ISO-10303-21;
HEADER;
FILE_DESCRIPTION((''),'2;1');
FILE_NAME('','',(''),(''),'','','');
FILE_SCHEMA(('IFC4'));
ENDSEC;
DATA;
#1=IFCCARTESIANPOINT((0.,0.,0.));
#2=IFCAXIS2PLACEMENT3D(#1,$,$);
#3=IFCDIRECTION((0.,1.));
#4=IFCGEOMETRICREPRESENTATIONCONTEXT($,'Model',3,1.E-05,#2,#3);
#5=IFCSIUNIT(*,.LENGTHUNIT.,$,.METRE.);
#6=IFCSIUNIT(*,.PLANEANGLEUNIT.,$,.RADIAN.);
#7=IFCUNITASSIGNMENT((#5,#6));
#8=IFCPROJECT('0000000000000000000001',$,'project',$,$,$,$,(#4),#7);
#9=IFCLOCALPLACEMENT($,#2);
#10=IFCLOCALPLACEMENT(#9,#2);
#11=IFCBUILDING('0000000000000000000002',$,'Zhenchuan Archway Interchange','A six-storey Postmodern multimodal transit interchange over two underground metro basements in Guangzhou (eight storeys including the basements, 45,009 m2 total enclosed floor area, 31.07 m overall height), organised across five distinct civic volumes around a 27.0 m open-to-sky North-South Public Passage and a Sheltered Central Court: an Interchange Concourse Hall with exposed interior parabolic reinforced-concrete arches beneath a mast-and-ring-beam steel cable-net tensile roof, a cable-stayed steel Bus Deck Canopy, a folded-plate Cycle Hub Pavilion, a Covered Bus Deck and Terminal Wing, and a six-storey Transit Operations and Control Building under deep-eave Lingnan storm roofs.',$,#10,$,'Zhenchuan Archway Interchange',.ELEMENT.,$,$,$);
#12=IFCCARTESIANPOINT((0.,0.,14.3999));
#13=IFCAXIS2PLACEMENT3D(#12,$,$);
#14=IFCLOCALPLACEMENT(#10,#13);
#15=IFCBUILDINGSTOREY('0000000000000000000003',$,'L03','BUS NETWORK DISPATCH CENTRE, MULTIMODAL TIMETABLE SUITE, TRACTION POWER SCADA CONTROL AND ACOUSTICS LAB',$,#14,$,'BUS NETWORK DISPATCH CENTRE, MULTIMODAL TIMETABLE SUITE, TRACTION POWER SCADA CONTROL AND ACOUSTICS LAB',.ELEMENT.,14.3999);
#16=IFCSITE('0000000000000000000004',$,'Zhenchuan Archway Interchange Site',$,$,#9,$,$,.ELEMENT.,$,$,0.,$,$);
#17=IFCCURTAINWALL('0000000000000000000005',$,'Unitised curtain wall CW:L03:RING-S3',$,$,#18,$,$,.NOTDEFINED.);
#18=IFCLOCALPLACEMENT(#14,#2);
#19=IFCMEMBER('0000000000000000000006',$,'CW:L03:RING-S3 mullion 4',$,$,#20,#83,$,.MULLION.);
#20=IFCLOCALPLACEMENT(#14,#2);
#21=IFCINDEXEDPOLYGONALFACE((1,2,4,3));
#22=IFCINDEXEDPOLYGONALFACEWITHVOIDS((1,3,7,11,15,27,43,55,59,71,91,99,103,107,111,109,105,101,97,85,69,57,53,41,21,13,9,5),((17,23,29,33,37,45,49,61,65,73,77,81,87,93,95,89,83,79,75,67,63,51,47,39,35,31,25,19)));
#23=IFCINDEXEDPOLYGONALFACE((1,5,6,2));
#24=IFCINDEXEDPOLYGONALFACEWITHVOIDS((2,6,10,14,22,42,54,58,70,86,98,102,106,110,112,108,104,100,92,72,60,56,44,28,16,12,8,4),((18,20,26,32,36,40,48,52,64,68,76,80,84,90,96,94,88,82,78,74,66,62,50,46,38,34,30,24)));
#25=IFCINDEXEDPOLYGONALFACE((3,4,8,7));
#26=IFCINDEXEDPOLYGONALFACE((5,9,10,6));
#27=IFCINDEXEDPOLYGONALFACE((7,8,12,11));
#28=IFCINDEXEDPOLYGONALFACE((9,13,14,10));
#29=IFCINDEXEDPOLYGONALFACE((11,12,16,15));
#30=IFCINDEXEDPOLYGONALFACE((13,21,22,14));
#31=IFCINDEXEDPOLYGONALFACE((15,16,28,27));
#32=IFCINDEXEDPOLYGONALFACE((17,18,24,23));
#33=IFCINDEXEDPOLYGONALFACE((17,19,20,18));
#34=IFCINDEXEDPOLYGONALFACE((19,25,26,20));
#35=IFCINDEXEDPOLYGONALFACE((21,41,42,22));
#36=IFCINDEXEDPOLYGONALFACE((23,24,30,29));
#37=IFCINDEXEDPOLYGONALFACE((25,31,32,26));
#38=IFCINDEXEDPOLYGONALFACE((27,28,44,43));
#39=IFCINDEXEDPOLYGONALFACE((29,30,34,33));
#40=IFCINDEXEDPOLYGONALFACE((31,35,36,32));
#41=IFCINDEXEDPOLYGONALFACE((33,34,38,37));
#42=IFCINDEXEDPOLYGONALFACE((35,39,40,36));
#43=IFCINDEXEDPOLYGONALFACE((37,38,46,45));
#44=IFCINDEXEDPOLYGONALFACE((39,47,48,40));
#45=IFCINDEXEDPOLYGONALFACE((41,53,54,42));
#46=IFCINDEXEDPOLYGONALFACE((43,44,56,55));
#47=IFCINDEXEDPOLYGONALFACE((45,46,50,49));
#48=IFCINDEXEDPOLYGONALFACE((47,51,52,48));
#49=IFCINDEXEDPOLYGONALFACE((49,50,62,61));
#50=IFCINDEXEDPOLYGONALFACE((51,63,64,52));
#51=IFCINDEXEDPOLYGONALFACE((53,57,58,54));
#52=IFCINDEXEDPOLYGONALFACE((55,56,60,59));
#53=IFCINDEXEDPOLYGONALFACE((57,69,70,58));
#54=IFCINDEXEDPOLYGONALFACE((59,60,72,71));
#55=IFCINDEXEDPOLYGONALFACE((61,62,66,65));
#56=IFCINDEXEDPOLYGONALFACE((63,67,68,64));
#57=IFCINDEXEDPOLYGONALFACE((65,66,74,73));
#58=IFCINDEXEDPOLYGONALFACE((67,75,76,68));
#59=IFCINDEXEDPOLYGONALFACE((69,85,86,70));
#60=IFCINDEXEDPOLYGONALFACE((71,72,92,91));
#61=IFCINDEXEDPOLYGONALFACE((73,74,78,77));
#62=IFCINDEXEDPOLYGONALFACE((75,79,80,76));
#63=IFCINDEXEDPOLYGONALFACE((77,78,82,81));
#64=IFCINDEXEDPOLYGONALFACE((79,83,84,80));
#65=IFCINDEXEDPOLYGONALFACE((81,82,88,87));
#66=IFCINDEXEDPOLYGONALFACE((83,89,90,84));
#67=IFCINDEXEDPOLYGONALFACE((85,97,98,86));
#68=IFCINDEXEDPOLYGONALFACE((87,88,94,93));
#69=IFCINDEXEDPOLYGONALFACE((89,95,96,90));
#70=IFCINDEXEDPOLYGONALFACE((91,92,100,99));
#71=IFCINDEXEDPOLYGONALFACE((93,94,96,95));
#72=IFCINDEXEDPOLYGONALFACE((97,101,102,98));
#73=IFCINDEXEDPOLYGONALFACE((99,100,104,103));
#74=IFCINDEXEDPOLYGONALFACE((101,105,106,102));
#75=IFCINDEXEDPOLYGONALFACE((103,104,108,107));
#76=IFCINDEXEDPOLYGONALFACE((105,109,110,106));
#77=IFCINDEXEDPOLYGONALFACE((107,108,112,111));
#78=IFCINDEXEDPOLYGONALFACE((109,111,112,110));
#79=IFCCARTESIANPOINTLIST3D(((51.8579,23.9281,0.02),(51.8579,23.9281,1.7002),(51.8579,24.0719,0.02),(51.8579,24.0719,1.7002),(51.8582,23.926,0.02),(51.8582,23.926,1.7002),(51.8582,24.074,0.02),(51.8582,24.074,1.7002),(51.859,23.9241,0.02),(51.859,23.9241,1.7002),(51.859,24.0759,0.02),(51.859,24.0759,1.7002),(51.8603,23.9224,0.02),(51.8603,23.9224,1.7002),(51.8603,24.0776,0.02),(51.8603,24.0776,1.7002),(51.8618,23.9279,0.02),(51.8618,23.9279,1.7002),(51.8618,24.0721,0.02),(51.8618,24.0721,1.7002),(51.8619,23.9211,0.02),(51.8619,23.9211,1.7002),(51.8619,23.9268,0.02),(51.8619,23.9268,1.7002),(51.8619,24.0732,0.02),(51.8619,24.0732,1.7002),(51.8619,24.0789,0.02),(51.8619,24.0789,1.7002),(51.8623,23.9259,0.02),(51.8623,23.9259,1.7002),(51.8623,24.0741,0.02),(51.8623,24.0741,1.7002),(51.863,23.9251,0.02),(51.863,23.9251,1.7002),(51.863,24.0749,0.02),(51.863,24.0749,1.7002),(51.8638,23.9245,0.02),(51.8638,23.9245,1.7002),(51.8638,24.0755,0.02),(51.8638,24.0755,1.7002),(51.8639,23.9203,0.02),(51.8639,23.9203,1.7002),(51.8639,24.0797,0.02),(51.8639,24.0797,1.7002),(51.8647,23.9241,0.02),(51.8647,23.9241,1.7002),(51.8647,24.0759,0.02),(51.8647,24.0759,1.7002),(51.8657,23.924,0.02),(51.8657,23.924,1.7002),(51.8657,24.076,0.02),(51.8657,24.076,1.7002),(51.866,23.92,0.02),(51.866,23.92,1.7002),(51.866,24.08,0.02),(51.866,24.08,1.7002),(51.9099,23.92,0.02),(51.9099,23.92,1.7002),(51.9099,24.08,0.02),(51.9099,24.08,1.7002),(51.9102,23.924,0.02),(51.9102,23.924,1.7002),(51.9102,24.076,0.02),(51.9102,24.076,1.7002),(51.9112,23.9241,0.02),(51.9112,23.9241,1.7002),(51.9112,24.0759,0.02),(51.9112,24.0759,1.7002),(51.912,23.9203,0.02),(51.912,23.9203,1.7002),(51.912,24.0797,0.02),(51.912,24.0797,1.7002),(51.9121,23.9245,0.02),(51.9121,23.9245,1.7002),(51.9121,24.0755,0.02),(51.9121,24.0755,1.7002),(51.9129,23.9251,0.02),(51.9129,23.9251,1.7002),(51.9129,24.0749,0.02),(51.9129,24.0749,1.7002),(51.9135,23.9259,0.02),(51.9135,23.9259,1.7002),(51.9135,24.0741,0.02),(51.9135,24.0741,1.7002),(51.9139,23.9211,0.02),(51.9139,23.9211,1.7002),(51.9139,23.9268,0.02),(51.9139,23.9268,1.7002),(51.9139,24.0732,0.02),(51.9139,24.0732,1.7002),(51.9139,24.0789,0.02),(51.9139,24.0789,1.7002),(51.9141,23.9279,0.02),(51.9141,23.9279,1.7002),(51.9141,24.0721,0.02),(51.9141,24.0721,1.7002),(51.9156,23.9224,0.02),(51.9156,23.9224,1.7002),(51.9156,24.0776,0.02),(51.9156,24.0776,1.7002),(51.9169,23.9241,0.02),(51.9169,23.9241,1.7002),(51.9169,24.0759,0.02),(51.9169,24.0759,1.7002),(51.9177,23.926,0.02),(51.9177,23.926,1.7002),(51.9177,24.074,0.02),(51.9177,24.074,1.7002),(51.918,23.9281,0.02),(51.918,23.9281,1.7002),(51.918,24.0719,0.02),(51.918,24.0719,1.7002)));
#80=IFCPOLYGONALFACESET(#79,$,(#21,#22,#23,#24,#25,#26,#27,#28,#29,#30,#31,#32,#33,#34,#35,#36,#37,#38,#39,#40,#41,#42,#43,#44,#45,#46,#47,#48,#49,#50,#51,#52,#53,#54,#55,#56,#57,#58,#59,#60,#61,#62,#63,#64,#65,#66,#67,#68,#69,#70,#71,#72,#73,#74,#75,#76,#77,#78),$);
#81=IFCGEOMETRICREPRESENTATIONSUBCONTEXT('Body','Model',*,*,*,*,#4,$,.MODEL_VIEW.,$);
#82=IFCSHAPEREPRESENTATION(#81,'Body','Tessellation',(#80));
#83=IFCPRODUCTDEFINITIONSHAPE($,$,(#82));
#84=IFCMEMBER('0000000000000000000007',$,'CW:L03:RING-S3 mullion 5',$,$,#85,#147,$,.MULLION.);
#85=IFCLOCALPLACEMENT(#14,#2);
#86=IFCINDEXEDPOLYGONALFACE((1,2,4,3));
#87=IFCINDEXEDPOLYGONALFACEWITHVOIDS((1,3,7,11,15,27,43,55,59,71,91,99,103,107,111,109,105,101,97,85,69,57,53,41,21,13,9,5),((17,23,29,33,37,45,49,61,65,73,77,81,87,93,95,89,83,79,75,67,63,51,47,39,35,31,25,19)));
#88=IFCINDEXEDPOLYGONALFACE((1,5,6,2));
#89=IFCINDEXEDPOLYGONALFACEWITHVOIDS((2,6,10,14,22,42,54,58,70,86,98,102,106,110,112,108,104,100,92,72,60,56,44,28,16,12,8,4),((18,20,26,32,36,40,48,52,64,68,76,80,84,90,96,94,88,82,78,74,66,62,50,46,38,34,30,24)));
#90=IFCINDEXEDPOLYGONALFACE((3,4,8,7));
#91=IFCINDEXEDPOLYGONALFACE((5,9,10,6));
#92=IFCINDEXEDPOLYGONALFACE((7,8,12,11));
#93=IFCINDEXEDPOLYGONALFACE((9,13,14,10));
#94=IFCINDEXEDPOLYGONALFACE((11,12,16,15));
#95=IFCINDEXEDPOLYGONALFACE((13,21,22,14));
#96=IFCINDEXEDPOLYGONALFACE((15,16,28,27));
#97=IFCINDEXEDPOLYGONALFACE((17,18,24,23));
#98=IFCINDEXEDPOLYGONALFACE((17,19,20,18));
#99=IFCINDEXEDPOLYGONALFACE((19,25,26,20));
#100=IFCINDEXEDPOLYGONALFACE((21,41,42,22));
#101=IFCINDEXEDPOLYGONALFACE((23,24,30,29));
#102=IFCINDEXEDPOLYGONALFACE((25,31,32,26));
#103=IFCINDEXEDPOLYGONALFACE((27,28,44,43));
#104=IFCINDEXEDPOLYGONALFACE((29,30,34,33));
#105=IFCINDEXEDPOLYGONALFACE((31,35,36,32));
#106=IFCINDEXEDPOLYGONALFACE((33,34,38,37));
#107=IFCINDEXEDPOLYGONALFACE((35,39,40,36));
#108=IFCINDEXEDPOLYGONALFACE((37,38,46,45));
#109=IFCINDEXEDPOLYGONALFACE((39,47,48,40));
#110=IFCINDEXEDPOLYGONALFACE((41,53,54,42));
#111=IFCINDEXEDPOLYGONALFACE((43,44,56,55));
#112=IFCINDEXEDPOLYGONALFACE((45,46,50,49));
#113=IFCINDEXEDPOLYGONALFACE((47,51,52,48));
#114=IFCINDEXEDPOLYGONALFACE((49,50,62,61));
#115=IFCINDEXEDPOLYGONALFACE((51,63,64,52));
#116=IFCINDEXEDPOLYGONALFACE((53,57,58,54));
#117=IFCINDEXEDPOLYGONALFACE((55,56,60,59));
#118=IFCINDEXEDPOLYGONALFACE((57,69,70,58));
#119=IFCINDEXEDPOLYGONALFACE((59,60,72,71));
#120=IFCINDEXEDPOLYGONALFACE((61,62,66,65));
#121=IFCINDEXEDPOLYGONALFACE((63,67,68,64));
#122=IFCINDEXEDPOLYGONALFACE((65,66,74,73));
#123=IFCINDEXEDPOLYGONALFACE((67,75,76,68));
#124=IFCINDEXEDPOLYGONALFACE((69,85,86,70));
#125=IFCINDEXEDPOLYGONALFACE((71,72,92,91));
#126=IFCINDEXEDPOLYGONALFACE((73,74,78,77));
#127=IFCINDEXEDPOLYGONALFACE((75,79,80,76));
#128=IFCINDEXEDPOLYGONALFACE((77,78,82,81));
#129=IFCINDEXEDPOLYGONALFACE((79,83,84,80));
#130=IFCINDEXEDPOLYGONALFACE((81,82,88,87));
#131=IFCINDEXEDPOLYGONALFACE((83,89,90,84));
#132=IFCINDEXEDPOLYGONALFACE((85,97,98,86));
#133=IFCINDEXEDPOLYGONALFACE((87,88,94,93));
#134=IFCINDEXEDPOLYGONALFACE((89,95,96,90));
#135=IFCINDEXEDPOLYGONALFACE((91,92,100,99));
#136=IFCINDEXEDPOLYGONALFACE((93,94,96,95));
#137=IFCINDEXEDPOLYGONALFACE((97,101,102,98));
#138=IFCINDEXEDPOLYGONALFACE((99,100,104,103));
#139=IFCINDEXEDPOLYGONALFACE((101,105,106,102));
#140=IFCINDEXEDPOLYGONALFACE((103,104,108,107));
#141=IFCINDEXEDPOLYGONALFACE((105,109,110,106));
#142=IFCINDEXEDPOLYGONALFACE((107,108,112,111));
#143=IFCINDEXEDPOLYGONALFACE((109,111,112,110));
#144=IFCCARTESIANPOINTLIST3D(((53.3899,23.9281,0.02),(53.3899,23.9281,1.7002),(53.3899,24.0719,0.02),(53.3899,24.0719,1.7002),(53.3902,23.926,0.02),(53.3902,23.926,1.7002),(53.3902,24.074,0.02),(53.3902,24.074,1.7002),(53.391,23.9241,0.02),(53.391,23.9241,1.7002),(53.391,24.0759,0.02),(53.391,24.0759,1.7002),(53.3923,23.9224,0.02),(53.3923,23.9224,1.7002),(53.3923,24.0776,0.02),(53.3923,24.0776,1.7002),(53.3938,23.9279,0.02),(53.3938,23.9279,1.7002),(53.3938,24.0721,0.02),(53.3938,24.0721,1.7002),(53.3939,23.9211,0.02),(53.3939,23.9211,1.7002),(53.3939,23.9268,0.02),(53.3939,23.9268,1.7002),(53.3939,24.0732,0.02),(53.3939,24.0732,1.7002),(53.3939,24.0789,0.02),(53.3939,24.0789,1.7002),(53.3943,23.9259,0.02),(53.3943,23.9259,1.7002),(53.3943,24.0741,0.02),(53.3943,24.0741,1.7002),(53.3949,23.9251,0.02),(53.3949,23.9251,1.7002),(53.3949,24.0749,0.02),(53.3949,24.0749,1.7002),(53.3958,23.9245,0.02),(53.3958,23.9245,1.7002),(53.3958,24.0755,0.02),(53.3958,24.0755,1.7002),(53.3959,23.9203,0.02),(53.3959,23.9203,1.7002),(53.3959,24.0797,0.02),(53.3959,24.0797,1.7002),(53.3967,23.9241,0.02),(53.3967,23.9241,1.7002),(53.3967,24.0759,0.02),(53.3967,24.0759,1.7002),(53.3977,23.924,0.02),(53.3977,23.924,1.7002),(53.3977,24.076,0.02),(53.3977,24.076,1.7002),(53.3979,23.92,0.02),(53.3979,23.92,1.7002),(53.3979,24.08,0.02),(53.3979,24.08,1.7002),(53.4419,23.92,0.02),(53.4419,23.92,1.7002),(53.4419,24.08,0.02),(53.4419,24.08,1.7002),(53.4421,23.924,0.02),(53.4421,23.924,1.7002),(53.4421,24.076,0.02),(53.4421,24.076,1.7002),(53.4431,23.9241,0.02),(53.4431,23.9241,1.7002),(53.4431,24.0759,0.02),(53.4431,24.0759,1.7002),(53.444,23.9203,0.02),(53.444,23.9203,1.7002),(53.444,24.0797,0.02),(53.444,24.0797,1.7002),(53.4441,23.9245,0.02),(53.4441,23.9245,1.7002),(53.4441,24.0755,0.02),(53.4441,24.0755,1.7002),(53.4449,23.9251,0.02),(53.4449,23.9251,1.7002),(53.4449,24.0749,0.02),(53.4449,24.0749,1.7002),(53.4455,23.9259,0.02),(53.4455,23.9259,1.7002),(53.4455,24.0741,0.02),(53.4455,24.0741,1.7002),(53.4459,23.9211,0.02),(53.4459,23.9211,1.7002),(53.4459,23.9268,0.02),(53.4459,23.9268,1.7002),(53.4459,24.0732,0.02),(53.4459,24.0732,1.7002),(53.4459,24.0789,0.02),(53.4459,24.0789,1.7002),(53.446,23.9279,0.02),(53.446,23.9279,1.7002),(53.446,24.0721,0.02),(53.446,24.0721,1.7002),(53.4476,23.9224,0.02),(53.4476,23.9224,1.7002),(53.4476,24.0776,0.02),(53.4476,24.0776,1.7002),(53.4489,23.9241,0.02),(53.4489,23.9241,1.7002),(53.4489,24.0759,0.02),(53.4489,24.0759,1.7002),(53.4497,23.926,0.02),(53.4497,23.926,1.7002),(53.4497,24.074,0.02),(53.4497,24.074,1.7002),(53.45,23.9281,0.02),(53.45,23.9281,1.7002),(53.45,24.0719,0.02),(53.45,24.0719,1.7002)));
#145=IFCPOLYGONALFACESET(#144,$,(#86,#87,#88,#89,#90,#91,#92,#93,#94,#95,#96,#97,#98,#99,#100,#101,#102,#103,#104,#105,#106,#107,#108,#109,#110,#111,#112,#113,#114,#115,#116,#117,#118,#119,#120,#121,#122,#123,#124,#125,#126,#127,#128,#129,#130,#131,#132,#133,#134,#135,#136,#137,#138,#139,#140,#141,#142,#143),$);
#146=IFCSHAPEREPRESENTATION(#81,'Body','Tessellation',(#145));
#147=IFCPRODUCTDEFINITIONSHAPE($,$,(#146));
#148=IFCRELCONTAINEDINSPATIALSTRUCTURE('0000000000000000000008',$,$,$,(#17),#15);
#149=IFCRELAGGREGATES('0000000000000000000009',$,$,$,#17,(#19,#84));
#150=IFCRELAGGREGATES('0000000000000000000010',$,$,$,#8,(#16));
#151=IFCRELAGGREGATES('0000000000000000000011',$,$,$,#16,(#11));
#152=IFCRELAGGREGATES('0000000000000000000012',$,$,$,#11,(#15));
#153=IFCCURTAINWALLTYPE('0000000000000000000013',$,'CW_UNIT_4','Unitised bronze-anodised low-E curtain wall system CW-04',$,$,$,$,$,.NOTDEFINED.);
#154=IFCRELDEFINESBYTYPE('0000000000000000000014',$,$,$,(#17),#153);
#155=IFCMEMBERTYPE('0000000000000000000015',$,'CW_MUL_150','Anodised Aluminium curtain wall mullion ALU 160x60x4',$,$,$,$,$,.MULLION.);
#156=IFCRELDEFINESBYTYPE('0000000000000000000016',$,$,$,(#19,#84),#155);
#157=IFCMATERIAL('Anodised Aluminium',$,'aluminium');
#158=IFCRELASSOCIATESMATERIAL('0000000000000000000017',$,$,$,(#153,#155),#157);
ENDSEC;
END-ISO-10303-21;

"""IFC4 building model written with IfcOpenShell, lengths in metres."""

from ifc_helpers import new_model, si_unit, direction, frame, origin, origin_2d, place, context, subcontext, project, spatial, hollow_rectangle, extrude, material, material_profile, profile_set, type_object, element, aggregate, save


model = new_model("IFC4")

# Units and contexts
model_context = context("Model", 3, precision=1e-05, world=origin(), true_north=direction((0.0, 1.0)))
body_context = subcontext(model_context, "Body", "Model", "MODEL_VIEW")
ifc_project = project(units=[si_unit("LENGTHUNIT", "METRE"), si_unit("PLANEANGLEUNIT", "RADIAN")], contexts=[model_context])

# Site, building, storey
site_placement = place(None, origin())
site = spatial("IfcSite", under=ifc_project, at=site_placement, Name="Zhenchuan Archway Interchange Site", CompositionType="ELEMENT", RefElevation=0.0)
building_placement = place(site_placement, origin())
building = spatial("IfcBuilding", under=site, at=building_placement, Name="Zhenchuan Archway Interchange", Description="A six-storey Postmodern multimodal transit interchange over two underground metro basements in Guangzhou (eight storeys including the basements, 45,009 m2 total enclosed floor area, 31.07 m overall height), organised across five distinct civic volumes around a 27.0 m open-to-sky North-South Public Passage and a Sheltered Central Court: an Interchange Concourse Hall with exposed interior parabolic reinforced-concrete arches beneath a mast-and-ring-beam steel cable-net tensile roof, a cable-stayed steel Bus Deck Canopy, a folded-plate Cycle Hub Pavilion, a Covered Bus Deck and Terminal Wing, and a six-storey Transit Operations and Control Building under deep-eave Lingnan storm roofs.", LongName="Zhenchuan Archway Interchange", CompositionType="ELEMENT")
storey_placement = place(building_placement, frame((0.0, 0.0, 14.3999)))
storey = spatial("IfcBuildingStorey", under=building, at=storey_placement, Name="L03", Description="BUS NETWORK DISPATCH CENTRE, MULTIMODAL TIMETABLE SUITE, TRACTION POWER SCADA CONTROL AND ACOUSTICS LAB", LongName="BUS NETWORK DISPATCH CENTRE, MULTIMODAL TIMETABLE SUITE, TRACTION POWER SCADA CONTROL AND ACOUSTICS LAB", CompositionType="ELEMENT", Elevation=14.3999)

# Curtain wall, members
ifc_material_1 = material(Name="Anodised Aluminium", Category="aluminium")
curtain_wall_type = type_object("IfcCurtainWallType", Name="CW_UNIT_4", Description="Unitised bronze-anodised low-E curtain wall system CW-04", PredefinedType="NOTDEFINED", material=ifc_material_1)
curtain_wall_1_placement = place(storey_placement, origin())
curtain_wall_1 = element("IfcCurtainWall", 1, at=curtain_wall_1_placement, inside=storey, type_object=curtain_wall_type, Name="Unitised curtain wall CW:L03:RING-S3", PredefinedType="NOTDEFINED")
ifc_material_profile_1 = material_profile(ifc_material_1, hollow_rectangle(XDim=0.0601, YDim=0.1599, WallThickness=0.0039, InnerFilletRadius=0.0039, OuterFilletRadius=0.0081, at=origin_2d()), Name="ALU 160x60x4")
ifc_profile_set_1 = profile_set([ifc_material_profile_1], Name="Anodised Aluminium")
member_type_1 = type_object("IfcMemberType", Name="CW_MUL_150", Description="Anodised Aluminium curtain wall mullion ALU 160x60x4", PredefinedType="MULLION", material=ifc_profile_set_1)
member_1_placement = place(storey_placement, frame((51.8879, 24.0, 0.02), z_axis=(0.0, 0.0, 1.0), x_axis=(1.0, 0.0, 0.0)))
member_1 = element("IfcMember", 2, at=member_1_placement, type_object=member_type_1, Name="CW:L03:RING-S3 mullion 4", PredefinedType="MULLION", context=body_context, shape_type="SweptSolid", body=[
    extrude(hollow_rectangle(XDim=0.0601, YDim=0.1599, WallThickness=0.0039, InnerFilletRadius=0.0039, OuterFilletRadius=0.0081, at=origin_2d()), origin(), (0.0, 0.0, 1.0), 1.6802),
])
member_2_placement = place(storey_placement, frame((53.4199, 24.0, 0.02), z_axis=(0.0, 0.0, 1.0), x_axis=(1.0, 0.0, 0.0)))
member_2 = element("IfcMember", 3, at=member_2_placement, type_object=member_type_1, Name="CW:L03:RING-S3 mullion 5", PredefinedType="MULLION", context=body_context, shape_type="SweptSolid", body=[
    extrude(hollow_rectangle(XDim=0.0601, YDim=0.1599, WallThickness=0.0039, InnerFilletRadius=0.0039, OuterFilletRadius=0.0081, at=origin_2d()), origin(), (0.0, 0.0, 1.0), 1.6802),
])

aggregate(curtain_wall_1, [member_1, member_2])

save(model, "model.ifc")
